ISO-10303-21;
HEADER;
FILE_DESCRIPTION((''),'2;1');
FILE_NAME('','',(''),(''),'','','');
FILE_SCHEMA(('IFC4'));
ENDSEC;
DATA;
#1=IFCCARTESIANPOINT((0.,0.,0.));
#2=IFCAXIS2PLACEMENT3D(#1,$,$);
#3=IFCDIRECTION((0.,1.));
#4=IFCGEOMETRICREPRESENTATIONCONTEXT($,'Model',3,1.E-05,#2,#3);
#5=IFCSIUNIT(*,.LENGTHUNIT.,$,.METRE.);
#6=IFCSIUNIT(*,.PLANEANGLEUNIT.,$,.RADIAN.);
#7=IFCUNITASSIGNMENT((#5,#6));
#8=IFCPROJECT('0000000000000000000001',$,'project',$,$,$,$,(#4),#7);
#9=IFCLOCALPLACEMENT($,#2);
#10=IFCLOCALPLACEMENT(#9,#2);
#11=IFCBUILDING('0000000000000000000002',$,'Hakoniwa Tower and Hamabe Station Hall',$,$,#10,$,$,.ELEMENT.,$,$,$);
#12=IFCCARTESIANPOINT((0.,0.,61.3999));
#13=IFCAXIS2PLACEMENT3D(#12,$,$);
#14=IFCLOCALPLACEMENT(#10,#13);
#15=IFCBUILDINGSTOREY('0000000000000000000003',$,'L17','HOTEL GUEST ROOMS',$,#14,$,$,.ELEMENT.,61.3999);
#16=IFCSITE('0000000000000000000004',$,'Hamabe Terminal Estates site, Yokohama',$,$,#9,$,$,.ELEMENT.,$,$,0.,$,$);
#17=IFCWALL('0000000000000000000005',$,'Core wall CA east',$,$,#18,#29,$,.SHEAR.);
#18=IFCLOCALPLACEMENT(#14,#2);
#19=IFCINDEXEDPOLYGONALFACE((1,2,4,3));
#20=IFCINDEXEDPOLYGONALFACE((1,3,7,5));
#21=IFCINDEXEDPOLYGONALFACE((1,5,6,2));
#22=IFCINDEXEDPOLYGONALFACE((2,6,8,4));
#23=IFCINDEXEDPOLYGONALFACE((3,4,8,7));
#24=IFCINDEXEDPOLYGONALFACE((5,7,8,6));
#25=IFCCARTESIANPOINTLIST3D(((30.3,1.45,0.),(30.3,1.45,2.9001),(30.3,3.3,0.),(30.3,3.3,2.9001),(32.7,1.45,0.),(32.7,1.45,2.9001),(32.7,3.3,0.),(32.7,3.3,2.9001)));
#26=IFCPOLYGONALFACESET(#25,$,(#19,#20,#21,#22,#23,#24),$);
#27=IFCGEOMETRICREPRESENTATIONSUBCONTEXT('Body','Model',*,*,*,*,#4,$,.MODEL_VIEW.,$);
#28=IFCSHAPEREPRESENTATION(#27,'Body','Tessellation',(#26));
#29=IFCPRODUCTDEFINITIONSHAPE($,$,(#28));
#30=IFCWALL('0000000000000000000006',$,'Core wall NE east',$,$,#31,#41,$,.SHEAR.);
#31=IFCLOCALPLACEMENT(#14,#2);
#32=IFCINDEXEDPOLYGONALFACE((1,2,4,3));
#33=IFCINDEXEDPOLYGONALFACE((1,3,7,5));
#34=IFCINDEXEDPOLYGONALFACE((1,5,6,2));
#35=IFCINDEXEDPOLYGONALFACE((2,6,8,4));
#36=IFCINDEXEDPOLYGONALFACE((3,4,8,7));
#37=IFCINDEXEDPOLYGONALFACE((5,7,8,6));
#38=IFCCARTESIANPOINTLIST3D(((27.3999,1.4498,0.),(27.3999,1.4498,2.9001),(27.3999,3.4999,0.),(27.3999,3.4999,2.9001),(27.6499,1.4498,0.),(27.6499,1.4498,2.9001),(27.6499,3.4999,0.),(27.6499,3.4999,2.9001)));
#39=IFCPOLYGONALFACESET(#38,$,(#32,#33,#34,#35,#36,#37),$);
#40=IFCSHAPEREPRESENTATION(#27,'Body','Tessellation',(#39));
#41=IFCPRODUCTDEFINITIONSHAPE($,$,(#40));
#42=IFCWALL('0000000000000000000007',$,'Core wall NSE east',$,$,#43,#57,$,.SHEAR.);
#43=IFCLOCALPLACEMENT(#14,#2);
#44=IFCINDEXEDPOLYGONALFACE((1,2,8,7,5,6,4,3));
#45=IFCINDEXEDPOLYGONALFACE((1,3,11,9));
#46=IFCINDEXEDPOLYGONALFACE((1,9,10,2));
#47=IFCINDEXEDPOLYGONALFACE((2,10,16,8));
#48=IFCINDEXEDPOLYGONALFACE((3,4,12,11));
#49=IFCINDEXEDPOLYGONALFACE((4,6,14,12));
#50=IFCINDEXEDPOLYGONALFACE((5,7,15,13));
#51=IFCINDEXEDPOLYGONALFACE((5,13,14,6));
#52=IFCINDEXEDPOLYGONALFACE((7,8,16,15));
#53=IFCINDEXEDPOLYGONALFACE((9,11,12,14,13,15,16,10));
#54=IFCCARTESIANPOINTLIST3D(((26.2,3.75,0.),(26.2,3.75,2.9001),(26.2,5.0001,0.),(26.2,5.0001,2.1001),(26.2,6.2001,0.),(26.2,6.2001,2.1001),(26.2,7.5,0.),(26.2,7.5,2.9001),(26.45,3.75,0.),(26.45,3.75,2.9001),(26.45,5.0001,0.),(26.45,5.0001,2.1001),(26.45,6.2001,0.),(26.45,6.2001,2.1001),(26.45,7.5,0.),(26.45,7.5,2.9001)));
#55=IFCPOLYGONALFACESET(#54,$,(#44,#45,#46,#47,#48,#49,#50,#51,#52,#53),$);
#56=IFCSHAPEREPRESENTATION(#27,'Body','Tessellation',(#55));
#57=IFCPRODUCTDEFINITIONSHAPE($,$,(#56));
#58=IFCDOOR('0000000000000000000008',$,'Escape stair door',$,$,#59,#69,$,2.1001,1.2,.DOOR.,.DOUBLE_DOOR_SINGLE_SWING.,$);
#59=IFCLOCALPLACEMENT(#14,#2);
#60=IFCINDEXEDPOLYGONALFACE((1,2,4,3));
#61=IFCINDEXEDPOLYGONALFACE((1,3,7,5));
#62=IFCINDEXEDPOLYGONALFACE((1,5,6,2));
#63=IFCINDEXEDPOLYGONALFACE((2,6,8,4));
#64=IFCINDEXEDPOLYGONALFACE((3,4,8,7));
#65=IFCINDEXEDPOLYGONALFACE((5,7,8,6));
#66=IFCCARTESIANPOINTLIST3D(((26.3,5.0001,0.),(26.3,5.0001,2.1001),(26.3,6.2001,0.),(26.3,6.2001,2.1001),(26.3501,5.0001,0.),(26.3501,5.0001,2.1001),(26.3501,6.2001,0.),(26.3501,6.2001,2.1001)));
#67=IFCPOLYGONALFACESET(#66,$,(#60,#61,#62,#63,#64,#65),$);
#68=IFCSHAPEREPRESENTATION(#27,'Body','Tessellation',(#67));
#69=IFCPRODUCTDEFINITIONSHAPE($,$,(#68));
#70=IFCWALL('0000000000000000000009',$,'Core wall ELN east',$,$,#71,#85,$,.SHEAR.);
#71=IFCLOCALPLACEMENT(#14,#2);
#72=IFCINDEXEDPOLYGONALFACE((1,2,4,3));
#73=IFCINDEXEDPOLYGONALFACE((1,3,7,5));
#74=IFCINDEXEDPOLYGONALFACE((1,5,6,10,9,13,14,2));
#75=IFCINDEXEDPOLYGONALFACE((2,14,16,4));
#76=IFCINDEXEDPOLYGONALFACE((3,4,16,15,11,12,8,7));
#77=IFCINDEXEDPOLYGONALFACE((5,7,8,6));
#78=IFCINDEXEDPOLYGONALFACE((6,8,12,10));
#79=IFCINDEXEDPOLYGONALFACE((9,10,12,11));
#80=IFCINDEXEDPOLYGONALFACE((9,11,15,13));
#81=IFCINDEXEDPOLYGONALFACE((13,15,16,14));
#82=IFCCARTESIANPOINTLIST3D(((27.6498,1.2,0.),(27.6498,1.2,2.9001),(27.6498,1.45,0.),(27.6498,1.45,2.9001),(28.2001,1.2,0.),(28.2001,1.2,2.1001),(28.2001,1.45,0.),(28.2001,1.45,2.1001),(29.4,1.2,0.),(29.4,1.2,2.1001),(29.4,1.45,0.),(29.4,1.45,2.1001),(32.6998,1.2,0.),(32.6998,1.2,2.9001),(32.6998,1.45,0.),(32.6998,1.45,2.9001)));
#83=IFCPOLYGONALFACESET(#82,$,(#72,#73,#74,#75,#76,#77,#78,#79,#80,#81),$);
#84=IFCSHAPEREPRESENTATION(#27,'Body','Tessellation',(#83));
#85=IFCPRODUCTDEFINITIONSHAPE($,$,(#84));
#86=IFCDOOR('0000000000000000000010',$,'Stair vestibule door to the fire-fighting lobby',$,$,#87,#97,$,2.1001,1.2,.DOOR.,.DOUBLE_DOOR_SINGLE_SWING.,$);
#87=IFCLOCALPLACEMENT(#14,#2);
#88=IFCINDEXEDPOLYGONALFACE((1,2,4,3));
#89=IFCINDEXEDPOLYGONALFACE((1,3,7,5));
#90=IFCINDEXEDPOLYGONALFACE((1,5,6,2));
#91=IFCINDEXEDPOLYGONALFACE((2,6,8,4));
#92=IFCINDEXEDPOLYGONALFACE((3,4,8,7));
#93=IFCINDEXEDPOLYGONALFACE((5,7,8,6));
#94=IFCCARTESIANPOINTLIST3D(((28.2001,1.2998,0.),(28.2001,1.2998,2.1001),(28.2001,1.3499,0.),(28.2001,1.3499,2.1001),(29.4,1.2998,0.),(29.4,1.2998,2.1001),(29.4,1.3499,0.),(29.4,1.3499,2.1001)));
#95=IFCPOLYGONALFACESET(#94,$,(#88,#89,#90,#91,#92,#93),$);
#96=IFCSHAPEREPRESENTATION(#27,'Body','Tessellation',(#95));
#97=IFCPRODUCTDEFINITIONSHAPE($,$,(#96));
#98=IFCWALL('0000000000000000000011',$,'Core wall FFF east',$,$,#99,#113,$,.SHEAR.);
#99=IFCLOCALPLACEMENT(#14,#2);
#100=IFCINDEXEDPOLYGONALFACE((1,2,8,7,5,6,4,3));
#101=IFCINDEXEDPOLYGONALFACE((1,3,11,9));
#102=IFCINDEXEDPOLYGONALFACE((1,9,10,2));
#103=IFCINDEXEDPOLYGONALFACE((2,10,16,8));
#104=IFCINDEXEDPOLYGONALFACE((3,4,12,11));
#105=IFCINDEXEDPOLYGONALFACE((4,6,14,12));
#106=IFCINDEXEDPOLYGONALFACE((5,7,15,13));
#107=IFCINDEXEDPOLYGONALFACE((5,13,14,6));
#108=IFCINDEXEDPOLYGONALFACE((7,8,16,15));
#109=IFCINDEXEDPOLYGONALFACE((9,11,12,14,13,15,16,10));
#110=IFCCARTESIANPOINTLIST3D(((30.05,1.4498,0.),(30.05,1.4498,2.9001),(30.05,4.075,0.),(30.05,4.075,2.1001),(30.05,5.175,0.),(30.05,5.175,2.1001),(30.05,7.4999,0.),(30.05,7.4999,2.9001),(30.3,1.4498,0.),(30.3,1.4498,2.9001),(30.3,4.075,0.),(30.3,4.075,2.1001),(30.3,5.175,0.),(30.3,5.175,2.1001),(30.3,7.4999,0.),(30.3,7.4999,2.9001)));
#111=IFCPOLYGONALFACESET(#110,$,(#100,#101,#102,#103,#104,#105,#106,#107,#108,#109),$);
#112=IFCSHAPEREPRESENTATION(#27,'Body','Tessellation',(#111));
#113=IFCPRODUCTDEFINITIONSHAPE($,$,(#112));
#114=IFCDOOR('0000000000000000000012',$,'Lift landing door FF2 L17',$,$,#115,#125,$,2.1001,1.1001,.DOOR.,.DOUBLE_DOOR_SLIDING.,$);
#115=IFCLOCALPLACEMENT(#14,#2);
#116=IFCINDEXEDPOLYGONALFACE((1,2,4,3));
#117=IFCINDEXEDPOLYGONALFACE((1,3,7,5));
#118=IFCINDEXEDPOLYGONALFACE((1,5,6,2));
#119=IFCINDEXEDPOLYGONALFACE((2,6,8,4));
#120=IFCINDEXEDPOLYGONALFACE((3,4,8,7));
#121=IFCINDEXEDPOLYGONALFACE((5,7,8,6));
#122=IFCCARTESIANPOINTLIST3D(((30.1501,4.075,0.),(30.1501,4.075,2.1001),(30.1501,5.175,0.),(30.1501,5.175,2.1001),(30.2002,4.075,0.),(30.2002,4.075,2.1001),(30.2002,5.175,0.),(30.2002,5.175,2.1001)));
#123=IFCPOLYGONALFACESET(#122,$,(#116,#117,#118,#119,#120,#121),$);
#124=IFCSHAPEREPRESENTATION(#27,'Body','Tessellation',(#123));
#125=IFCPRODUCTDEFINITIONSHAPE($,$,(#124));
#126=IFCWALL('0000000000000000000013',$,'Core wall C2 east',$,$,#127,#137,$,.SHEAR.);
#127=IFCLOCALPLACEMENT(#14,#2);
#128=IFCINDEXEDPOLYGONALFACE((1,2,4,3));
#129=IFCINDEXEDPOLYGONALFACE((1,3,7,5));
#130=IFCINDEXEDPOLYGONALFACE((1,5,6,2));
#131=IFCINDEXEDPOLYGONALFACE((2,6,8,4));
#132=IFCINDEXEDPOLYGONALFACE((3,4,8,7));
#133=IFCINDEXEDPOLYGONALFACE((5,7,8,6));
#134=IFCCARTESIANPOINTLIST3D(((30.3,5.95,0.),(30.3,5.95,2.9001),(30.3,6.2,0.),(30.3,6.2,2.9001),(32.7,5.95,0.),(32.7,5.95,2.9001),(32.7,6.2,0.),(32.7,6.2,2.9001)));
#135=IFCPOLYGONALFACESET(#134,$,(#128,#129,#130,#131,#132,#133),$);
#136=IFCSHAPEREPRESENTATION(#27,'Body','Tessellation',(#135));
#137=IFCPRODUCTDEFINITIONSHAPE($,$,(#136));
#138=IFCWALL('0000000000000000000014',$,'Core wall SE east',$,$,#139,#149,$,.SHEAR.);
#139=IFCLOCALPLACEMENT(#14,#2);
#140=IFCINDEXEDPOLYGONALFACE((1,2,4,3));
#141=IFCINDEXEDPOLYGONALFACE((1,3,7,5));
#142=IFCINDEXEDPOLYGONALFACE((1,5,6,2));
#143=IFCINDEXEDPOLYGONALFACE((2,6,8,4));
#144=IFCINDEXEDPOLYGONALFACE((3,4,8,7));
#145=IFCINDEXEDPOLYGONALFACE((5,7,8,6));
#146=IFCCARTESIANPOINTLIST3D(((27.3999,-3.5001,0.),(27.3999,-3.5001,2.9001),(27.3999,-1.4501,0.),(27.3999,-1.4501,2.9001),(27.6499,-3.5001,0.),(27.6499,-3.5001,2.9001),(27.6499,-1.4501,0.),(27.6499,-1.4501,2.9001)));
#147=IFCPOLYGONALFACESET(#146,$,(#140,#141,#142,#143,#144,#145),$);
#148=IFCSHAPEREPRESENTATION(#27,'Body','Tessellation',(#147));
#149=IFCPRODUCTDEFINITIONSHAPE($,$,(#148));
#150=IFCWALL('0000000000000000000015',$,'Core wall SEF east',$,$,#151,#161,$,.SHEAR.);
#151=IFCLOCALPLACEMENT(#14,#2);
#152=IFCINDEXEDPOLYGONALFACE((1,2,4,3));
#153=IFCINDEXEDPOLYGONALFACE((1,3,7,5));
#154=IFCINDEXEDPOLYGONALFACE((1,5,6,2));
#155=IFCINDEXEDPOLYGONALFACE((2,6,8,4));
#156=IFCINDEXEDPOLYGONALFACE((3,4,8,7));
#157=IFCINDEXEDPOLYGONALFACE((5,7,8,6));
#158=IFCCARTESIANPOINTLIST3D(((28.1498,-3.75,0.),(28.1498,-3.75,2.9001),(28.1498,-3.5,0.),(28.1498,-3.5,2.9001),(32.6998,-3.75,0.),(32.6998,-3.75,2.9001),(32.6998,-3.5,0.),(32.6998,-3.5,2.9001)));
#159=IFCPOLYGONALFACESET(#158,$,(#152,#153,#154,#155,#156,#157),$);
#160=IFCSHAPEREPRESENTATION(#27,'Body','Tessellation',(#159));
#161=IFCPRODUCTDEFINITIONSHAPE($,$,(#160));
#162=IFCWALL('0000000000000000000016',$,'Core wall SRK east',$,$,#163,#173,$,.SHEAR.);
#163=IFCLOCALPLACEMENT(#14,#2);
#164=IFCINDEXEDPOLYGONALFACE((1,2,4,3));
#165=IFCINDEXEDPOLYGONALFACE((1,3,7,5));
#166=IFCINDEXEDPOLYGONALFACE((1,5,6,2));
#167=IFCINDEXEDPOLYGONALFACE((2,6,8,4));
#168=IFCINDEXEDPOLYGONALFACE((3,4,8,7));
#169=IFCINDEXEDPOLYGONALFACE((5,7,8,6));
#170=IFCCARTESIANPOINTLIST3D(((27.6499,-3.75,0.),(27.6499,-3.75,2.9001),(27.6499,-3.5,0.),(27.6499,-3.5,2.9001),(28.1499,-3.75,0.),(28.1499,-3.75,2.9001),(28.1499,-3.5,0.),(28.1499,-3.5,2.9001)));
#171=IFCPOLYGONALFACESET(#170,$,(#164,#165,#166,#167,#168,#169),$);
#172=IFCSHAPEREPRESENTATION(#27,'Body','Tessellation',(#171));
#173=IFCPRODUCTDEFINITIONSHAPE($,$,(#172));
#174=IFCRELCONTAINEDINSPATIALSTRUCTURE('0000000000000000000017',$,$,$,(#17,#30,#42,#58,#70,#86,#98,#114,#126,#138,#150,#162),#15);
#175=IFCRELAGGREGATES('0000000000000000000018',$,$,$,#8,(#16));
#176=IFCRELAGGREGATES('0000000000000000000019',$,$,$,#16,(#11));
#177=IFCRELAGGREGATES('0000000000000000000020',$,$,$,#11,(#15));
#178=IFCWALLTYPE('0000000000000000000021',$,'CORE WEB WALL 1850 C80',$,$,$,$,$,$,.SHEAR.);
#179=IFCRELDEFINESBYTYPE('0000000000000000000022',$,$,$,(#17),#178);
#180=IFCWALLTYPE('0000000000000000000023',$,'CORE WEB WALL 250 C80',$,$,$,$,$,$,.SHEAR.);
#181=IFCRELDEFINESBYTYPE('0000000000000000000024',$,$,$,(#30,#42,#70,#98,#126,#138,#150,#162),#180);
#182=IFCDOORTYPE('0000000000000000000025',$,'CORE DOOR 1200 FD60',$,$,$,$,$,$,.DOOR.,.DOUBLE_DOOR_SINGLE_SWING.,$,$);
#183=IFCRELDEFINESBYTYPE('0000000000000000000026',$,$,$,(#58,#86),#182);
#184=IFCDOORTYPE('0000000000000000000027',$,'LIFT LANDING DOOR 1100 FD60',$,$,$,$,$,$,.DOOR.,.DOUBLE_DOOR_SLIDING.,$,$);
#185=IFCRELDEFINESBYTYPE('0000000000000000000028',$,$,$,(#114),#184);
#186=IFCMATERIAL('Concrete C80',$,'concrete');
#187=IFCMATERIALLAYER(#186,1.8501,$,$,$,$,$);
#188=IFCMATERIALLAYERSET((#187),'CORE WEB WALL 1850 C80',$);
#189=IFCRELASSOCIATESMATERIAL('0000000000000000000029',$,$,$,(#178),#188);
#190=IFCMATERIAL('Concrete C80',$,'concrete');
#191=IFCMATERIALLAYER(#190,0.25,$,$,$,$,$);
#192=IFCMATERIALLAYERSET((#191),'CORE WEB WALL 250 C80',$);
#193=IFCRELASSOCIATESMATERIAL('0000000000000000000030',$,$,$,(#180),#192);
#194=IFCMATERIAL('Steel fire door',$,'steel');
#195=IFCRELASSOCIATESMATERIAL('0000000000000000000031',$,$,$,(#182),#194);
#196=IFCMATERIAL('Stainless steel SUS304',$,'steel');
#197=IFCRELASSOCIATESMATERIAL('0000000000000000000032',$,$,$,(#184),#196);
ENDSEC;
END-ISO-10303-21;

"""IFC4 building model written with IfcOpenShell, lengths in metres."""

from ifc_helpers import new_model, si_unit, direction, frame, frame_2d, origin, place, context, subcontext, project, spatial, rectangle, extrude, material, layer, layer_set, type_object, element, fill, save


model = new_model("IFC4")

# Units and contexts
model_context = context("Model", 3, precision=1e-05, world=origin(), true_north=direction((0.0, 1.0)))
body_context = subcontext(model_context, "Body", "Model", "MODEL_VIEW")
ifc_project = project(units=[si_unit("LENGTHUNIT", "METRE"), si_unit("PLANEANGLEUNIT", "RADIAN")], contexts=[model_context])

# Site, building, storey
site_placement = place(None, origin())
site = spatial("IfcSite", under=ifc_project, at=site_placement, Name="Hamabe Terminal Estates site, Yokohama", CompositionType="ELEMENT", RefElevation=0.0)
building_placement = place(site_placement, origin())
building = spatial("IfcBuilding", under=site, at=building_placement, Name="Hakoniwa Tower and Hamabe Station Hall", CompositionType="ELEMENT")
storey_placement = place(building_placement, frame((0.0, 0.0, 61.3999)))
storey = spatial("IfcBuildingStorey", under=building, at=storey_placement, Name="L17", Description="HOTEL GUEST ROOMS", CompositionType="ELEMENT", Elevation=61.3999)

# Walls
ifc_material_1 = material(Name="Concrete C80", Category="concrete")
ifc_layer_1 = layer(ifc_material_1, 1.8501)
ifc_layer_set_1 = layer_set([ifc_layer_1], Name="CORE WEB WALL 1850 C80")
wall_type_1 = type_object("IfcWallType", Name="CORE WEB WALL 1850 C80", PredefinedType="SHEAR", material=ifc_layer_set_1)
wall_1_placement = place(storey_placement, frame((30.3, 2.375, 0.0), z_axis=(0.0, 0.0, 1.0), x_axis=(1.0, 0.0, 0.0)))
element("IfcWall", 1, at=wall_1_placement, inside=storey, type_object=wall_type_1, Name="Core wall CA east", PredefinedType="SHEAR", context=body_context, shape_type="SweptSolid", body=[
    extrude(rectangle(XDim=2.3999, YDim=1.8501, at=frame_2d((1.2, 0.0))), origin(), (0.0, 0.0, 1.0), 2.9001),
])
ifc_material_2 = material(Name="Concrete C80", Category="concrete")
ifc_layer_2 = layer(ifc_material_2, 0.25)
ifc_layer_set_2 = layer_set([ifc_layer_2], Name="CORE WEB WALL 250 C80")
wall_type_2 = type_object("IfcWallType", Name="CORE WEB WALL 250 C80", PredefinedType="SHEAR", material=ifc_layer_set_2)
wall_2_placement = place(storey_placement, frame((27.5249, 1.45, 0.0), z_axis=(0.0, 0.0, 1.0), x_axis=(0.0, 1.0, 0.0)))
element("IfcWall", 2, at=wall_2_placement, inside=storey, type_object=wall_type_2, Name="Core wall NE east", PredefinedType="SHEAR", context=body_context, shape_type="SweptSolid", body=[
    extrude(rectangle(XDim=2.05, YDim=0.25, at=frame_2d((1.0249, 0.0))), origin(), (0.0, 0.0, 1.0), 2.9001),
])

# Walls, openings, doors
wall_3_placement = place(storey_placement, frame((26.325, 3.75, 0.0), z_axis=(0.0, 0.0, 1.0), x_axis=(0.0, 1.0, 0.0)))
wall_3 = element("IfcWall", 3, at=wall_3_placement, inside=storey, type_object=wall_type_2, Name="Core wall NSE east", PredefinedType="SHEAR", context=body_context, shape_type="SweptSolid", body=[
    extrude(rectangle(XDim=3.75, YDim=0.25, at=frame_2d((1.875, 0.0))), origin(), (0.0, 0.0, 1.0), 2.9001),
])
opening_1_placement = place(wall_3_placement, frame((1.25, 0.0, 0.0)))
opening_1 = element("IfcOpeningElement", 4, at=opening_1_placement, cuts=wall_3, PredefinedType="OPENING", context=body_context, shape_type="SweptSolid", body=[
    extrude(rectangle(XDim=1.2, YDim=2.1001, at=frame_2d((0.6001, 1.05))), frame((0.0, 0.135, 0.0), z_axis=(0.0, -1.0, 0.0), x_axis=(1.0, 0.0, 0.0)), (0.0, 0.0, 1.0), 0.27),
])
ifc_material_3 = material(Name="Steel fire door", Category="steel")
door_type_1 = type_object("IfcDoorType", Name="CORE DOOR 1200 FD60", OperationType="DOUBLE_DOOR_SINGLE_SWING", PredefinedType="DOOR", material=ifc_material_3)
door_1_placement = place(opening_1_placement, origin())
door_1 = element("IfcDoor", 5, at=door_1_placement, inside=storey, type_object=door_type_1, Name="Escape stair door", OperationType="DOUBLE_DOOR_SINGLE_SWING", OverallHeight=2.1001, OverallWidth=1.2, PredefinedType="DOOR", context=body_context, shape_type="SweptSolid", body=[
    extrude(rectangle(XDim=1.2, YDim=2.1001, at=frame_2d((0.6001, 1.05))), frame((0.0, 0.0249, 0.0), z_axis=(0.0, -1.0, 0.0), x_axis=(1.0, 0.0, 0.0)), (0.0, 0.0, 1.0), 0.05),
])
fill(opening_1, door_1)
wall_4_placement = place(storey_placement, frame((27.6499, 1.325, 0.0), z_axis=(0.0, 0.0, 1.0), x_axis=(1.0, 0.0, 0.0)))
wall_4 = element("IfcWall", 6, at=wall_4_placement, inside=storey, type_object=wall_type_2, Name="Core wall ELN east", PredefinedType="SHEAR", context=body_context, shape_type="SweptSolid", body=[
    extrude(rectangle(XDim=5.05, YDim=0.25, at=frame_2d((2.5249, 0.0))), origin(), (0.0, 0.0, 1.0), 2.9001),
])
opening_2_placement = place(wall_4_placement, frame((0.55, 0.0, 0.0)))
opening_2 = element("IfcOpeningElement", 7, at=opening_2_placement, cuts=wall_4, PredefinedType="OPENING", context=body_context, shape_type="SweptSolid", body=[
    extrude(rectangle(XDim=1.2, YDim=2.1001, at=frame_2d((0.6001, 1.05))), frame((0.0, 0.135, 0.0), z_axis=(0.0, -1.0, 0.0), x_axis=(1.0, 0.0, 0.0)), (0.0, 0.0, 1.0), 0.27),
])
door_2_placement = place(opening_2_placement, origin())
door_2 = element("IfcDoor", 8, at=door_2_placement, inside=storey, type_object=door_type_1, Name="Stair vestibule door to the fire-fighting lobby", OperationType="DOUBLE_DOOR_SINGLE_SWING", OverallHeight=2.1001, OverallWidth=1.2, PredefinedType="DOOR", context=body_context, shape_type="SweptSolid", body=[
    extrude(rectangle(XDim=1.2, YDim=2.1001, at=frame_2d((0.6001, 1.05))), frame((0.0, 0.0249, 0.0), z_axis=(0.0, -1.0, 0.0), x_axis=(1.0, 0.0, 0.0)), (0.0, 0.0, 1.0), 0.05),
])
fill(opening_2, door_2)
wall_5_placement = place(storey_placement, frame((30.175, 1.45, 0.0), z_axis=(0.0, 0.0, 1.0), x_axis=(0.0, 1.0, 0.0)))
wall_5 = element("IfcWall", 9, at=wall_5_placement, inside=storey, type_object=wall_type_2, Name="Core wall FFF east", PredefinedType="SHEAR", context=body_context, shape_type="SweptSolid", body=[
    extrude(rectangle(XDim=6.05, YDim=0.25, at=frame_2d((3.0249, 0.0))), origin(), (0.0, 0.0, 1.0), 2.9001),
])
opening_3_placement = place(wall_5_placement, frame((2.625, 0.0, 0.0)))
opening_3 = element("IfcOpeningElement", 10, at=opening_3_placement, cuts=wall_5, PredefinedType="OPENING", context=body_context, shape_type="SweptSolid", body=[
    extrude(rectangle(XDim=1.1001, YDim=2.1001, at=frame_2d((0.55, 1.05))), frame((0.0, 0.135, 0.0), z_axis=(0.0, -1.0, 0.0), x_axis=(1.0, 0.0, 0.0)), (0.0, 0.0, 1.0), 0.27),
])
ifc_material_4 = material(Name="Stainless steel SUS304", Category="steel")
door_type_2 = type_object("IfcDoorType", Name="LIFT LANDING DOOR 1100 FD60", OperationType="DOUBLE_DOOR_SLIDING", PredefinedType="DOOR", material=ifc_material_4)
door_3_placement = place(opening_3_placement, origin())
door_3 = element("IfcDoor", 11, at=door_3_placement, inside=storey, type_object=door_type_2, Name="Lift landing door FF2 L17", OperationType="DOUBLE_DOOR_SLIDING", OverallHeight=2.1001, OverallWidth=1.1001, PredefinedType="DOOR", context=body_context, shape_type="SweptSolid", body=[
    extrude(rectangle(XDim=1.1001, YDim=2.1001, at=frame_2d((0.55, 1.05))), frame((0.0, 0.0249, 0.0), z_axis=(0.0, -1.0, 0.0), x_axis=(1.0, 0.0, 0.0)), (0.0, 0.0, 1.0), 0.05),
])
fill(opening_3, door_3)

# Walls
wall_6_placement = place(storey_placement, frame((30.3, 6.075, 0.0), z_axis=(0.0, 0.0, 1.0), x_axis=(1.0, 0.0, 0.0)))
element("IfcWall", 12, at=wall_6_placement, inside=storey, type_object=wall_type_2, Name="Core wall C2 east", PredefinedType="SHEAR", context=body_context, shape_type="SweptSolid", body=[
    extrude(rectangle(XDim=2.3999, YDim=0.25, at=frame_2d((1.2, 0.0))), origin(), (0.0, 0.0, 1.0), 2.9001),
])
wall_7_placement = place(storey_placement, frame((27.5249, -3.5, 0.0), z_axis=(0.0, 0.0, 1.0), x_axis=(0.0, 1.0, 0.0)))
element("IfcWall", 13, at=wall_7_placement, inside=storey, type_object=wall_type_2, Name="Core wall SE east", PredefinedType="SHEAR", context=body_context, shape_type="SweptSolid", body=[
    extrude(rectangle(XDim=2.05, YDim=0.25, at=frame_2d((1.0249, 0.0))), origin(), (0.0, 0.0, 1.0), 2.9001),
])
wall_8_placement = place(storey_placement, frame((28.1499, -3.625, 0.0), z_axis=(0.0, 0.0, 1.0), x_axis=(1.0, 0.0, 0.0)))
element("IfcWall", 14, at=wall_8_placement, inside=storey, type_object=wall_type_2, Name="Core wall SEF east", PredefinedType="SHEAR", context=body_context, shape_type="SweptSolid", body=[
    extrude(rectangle(XDim=4.55, YDim=0.25, at=frame_2d((2.2749, 0.0))), origin(), (0.0, 0.0, 1.0), 2.9001),
])
wall_9_placement = place(storey_placement, frame((27.6499, -3.625, 0.0), z_axis=(0.0, 0.0, 1.0), x_axis=(1.0, 0.0, 0.0)))
element("IfcWall", 15, at=wall_9_placement, inside=storey, type_object=wall_type_2, Name="Core wall SRK east", PredefinedType="SHEAR", context=body_context, shape_type="SweptSolid", body=[
    extrude(rectangle(XDim=0.5, YDim=0.25, at=frame_2d((0.25, 0.0))), origin(), (0.0, 0.0, 1.0), 2.9001),
])

save(model, "model.ifc")
